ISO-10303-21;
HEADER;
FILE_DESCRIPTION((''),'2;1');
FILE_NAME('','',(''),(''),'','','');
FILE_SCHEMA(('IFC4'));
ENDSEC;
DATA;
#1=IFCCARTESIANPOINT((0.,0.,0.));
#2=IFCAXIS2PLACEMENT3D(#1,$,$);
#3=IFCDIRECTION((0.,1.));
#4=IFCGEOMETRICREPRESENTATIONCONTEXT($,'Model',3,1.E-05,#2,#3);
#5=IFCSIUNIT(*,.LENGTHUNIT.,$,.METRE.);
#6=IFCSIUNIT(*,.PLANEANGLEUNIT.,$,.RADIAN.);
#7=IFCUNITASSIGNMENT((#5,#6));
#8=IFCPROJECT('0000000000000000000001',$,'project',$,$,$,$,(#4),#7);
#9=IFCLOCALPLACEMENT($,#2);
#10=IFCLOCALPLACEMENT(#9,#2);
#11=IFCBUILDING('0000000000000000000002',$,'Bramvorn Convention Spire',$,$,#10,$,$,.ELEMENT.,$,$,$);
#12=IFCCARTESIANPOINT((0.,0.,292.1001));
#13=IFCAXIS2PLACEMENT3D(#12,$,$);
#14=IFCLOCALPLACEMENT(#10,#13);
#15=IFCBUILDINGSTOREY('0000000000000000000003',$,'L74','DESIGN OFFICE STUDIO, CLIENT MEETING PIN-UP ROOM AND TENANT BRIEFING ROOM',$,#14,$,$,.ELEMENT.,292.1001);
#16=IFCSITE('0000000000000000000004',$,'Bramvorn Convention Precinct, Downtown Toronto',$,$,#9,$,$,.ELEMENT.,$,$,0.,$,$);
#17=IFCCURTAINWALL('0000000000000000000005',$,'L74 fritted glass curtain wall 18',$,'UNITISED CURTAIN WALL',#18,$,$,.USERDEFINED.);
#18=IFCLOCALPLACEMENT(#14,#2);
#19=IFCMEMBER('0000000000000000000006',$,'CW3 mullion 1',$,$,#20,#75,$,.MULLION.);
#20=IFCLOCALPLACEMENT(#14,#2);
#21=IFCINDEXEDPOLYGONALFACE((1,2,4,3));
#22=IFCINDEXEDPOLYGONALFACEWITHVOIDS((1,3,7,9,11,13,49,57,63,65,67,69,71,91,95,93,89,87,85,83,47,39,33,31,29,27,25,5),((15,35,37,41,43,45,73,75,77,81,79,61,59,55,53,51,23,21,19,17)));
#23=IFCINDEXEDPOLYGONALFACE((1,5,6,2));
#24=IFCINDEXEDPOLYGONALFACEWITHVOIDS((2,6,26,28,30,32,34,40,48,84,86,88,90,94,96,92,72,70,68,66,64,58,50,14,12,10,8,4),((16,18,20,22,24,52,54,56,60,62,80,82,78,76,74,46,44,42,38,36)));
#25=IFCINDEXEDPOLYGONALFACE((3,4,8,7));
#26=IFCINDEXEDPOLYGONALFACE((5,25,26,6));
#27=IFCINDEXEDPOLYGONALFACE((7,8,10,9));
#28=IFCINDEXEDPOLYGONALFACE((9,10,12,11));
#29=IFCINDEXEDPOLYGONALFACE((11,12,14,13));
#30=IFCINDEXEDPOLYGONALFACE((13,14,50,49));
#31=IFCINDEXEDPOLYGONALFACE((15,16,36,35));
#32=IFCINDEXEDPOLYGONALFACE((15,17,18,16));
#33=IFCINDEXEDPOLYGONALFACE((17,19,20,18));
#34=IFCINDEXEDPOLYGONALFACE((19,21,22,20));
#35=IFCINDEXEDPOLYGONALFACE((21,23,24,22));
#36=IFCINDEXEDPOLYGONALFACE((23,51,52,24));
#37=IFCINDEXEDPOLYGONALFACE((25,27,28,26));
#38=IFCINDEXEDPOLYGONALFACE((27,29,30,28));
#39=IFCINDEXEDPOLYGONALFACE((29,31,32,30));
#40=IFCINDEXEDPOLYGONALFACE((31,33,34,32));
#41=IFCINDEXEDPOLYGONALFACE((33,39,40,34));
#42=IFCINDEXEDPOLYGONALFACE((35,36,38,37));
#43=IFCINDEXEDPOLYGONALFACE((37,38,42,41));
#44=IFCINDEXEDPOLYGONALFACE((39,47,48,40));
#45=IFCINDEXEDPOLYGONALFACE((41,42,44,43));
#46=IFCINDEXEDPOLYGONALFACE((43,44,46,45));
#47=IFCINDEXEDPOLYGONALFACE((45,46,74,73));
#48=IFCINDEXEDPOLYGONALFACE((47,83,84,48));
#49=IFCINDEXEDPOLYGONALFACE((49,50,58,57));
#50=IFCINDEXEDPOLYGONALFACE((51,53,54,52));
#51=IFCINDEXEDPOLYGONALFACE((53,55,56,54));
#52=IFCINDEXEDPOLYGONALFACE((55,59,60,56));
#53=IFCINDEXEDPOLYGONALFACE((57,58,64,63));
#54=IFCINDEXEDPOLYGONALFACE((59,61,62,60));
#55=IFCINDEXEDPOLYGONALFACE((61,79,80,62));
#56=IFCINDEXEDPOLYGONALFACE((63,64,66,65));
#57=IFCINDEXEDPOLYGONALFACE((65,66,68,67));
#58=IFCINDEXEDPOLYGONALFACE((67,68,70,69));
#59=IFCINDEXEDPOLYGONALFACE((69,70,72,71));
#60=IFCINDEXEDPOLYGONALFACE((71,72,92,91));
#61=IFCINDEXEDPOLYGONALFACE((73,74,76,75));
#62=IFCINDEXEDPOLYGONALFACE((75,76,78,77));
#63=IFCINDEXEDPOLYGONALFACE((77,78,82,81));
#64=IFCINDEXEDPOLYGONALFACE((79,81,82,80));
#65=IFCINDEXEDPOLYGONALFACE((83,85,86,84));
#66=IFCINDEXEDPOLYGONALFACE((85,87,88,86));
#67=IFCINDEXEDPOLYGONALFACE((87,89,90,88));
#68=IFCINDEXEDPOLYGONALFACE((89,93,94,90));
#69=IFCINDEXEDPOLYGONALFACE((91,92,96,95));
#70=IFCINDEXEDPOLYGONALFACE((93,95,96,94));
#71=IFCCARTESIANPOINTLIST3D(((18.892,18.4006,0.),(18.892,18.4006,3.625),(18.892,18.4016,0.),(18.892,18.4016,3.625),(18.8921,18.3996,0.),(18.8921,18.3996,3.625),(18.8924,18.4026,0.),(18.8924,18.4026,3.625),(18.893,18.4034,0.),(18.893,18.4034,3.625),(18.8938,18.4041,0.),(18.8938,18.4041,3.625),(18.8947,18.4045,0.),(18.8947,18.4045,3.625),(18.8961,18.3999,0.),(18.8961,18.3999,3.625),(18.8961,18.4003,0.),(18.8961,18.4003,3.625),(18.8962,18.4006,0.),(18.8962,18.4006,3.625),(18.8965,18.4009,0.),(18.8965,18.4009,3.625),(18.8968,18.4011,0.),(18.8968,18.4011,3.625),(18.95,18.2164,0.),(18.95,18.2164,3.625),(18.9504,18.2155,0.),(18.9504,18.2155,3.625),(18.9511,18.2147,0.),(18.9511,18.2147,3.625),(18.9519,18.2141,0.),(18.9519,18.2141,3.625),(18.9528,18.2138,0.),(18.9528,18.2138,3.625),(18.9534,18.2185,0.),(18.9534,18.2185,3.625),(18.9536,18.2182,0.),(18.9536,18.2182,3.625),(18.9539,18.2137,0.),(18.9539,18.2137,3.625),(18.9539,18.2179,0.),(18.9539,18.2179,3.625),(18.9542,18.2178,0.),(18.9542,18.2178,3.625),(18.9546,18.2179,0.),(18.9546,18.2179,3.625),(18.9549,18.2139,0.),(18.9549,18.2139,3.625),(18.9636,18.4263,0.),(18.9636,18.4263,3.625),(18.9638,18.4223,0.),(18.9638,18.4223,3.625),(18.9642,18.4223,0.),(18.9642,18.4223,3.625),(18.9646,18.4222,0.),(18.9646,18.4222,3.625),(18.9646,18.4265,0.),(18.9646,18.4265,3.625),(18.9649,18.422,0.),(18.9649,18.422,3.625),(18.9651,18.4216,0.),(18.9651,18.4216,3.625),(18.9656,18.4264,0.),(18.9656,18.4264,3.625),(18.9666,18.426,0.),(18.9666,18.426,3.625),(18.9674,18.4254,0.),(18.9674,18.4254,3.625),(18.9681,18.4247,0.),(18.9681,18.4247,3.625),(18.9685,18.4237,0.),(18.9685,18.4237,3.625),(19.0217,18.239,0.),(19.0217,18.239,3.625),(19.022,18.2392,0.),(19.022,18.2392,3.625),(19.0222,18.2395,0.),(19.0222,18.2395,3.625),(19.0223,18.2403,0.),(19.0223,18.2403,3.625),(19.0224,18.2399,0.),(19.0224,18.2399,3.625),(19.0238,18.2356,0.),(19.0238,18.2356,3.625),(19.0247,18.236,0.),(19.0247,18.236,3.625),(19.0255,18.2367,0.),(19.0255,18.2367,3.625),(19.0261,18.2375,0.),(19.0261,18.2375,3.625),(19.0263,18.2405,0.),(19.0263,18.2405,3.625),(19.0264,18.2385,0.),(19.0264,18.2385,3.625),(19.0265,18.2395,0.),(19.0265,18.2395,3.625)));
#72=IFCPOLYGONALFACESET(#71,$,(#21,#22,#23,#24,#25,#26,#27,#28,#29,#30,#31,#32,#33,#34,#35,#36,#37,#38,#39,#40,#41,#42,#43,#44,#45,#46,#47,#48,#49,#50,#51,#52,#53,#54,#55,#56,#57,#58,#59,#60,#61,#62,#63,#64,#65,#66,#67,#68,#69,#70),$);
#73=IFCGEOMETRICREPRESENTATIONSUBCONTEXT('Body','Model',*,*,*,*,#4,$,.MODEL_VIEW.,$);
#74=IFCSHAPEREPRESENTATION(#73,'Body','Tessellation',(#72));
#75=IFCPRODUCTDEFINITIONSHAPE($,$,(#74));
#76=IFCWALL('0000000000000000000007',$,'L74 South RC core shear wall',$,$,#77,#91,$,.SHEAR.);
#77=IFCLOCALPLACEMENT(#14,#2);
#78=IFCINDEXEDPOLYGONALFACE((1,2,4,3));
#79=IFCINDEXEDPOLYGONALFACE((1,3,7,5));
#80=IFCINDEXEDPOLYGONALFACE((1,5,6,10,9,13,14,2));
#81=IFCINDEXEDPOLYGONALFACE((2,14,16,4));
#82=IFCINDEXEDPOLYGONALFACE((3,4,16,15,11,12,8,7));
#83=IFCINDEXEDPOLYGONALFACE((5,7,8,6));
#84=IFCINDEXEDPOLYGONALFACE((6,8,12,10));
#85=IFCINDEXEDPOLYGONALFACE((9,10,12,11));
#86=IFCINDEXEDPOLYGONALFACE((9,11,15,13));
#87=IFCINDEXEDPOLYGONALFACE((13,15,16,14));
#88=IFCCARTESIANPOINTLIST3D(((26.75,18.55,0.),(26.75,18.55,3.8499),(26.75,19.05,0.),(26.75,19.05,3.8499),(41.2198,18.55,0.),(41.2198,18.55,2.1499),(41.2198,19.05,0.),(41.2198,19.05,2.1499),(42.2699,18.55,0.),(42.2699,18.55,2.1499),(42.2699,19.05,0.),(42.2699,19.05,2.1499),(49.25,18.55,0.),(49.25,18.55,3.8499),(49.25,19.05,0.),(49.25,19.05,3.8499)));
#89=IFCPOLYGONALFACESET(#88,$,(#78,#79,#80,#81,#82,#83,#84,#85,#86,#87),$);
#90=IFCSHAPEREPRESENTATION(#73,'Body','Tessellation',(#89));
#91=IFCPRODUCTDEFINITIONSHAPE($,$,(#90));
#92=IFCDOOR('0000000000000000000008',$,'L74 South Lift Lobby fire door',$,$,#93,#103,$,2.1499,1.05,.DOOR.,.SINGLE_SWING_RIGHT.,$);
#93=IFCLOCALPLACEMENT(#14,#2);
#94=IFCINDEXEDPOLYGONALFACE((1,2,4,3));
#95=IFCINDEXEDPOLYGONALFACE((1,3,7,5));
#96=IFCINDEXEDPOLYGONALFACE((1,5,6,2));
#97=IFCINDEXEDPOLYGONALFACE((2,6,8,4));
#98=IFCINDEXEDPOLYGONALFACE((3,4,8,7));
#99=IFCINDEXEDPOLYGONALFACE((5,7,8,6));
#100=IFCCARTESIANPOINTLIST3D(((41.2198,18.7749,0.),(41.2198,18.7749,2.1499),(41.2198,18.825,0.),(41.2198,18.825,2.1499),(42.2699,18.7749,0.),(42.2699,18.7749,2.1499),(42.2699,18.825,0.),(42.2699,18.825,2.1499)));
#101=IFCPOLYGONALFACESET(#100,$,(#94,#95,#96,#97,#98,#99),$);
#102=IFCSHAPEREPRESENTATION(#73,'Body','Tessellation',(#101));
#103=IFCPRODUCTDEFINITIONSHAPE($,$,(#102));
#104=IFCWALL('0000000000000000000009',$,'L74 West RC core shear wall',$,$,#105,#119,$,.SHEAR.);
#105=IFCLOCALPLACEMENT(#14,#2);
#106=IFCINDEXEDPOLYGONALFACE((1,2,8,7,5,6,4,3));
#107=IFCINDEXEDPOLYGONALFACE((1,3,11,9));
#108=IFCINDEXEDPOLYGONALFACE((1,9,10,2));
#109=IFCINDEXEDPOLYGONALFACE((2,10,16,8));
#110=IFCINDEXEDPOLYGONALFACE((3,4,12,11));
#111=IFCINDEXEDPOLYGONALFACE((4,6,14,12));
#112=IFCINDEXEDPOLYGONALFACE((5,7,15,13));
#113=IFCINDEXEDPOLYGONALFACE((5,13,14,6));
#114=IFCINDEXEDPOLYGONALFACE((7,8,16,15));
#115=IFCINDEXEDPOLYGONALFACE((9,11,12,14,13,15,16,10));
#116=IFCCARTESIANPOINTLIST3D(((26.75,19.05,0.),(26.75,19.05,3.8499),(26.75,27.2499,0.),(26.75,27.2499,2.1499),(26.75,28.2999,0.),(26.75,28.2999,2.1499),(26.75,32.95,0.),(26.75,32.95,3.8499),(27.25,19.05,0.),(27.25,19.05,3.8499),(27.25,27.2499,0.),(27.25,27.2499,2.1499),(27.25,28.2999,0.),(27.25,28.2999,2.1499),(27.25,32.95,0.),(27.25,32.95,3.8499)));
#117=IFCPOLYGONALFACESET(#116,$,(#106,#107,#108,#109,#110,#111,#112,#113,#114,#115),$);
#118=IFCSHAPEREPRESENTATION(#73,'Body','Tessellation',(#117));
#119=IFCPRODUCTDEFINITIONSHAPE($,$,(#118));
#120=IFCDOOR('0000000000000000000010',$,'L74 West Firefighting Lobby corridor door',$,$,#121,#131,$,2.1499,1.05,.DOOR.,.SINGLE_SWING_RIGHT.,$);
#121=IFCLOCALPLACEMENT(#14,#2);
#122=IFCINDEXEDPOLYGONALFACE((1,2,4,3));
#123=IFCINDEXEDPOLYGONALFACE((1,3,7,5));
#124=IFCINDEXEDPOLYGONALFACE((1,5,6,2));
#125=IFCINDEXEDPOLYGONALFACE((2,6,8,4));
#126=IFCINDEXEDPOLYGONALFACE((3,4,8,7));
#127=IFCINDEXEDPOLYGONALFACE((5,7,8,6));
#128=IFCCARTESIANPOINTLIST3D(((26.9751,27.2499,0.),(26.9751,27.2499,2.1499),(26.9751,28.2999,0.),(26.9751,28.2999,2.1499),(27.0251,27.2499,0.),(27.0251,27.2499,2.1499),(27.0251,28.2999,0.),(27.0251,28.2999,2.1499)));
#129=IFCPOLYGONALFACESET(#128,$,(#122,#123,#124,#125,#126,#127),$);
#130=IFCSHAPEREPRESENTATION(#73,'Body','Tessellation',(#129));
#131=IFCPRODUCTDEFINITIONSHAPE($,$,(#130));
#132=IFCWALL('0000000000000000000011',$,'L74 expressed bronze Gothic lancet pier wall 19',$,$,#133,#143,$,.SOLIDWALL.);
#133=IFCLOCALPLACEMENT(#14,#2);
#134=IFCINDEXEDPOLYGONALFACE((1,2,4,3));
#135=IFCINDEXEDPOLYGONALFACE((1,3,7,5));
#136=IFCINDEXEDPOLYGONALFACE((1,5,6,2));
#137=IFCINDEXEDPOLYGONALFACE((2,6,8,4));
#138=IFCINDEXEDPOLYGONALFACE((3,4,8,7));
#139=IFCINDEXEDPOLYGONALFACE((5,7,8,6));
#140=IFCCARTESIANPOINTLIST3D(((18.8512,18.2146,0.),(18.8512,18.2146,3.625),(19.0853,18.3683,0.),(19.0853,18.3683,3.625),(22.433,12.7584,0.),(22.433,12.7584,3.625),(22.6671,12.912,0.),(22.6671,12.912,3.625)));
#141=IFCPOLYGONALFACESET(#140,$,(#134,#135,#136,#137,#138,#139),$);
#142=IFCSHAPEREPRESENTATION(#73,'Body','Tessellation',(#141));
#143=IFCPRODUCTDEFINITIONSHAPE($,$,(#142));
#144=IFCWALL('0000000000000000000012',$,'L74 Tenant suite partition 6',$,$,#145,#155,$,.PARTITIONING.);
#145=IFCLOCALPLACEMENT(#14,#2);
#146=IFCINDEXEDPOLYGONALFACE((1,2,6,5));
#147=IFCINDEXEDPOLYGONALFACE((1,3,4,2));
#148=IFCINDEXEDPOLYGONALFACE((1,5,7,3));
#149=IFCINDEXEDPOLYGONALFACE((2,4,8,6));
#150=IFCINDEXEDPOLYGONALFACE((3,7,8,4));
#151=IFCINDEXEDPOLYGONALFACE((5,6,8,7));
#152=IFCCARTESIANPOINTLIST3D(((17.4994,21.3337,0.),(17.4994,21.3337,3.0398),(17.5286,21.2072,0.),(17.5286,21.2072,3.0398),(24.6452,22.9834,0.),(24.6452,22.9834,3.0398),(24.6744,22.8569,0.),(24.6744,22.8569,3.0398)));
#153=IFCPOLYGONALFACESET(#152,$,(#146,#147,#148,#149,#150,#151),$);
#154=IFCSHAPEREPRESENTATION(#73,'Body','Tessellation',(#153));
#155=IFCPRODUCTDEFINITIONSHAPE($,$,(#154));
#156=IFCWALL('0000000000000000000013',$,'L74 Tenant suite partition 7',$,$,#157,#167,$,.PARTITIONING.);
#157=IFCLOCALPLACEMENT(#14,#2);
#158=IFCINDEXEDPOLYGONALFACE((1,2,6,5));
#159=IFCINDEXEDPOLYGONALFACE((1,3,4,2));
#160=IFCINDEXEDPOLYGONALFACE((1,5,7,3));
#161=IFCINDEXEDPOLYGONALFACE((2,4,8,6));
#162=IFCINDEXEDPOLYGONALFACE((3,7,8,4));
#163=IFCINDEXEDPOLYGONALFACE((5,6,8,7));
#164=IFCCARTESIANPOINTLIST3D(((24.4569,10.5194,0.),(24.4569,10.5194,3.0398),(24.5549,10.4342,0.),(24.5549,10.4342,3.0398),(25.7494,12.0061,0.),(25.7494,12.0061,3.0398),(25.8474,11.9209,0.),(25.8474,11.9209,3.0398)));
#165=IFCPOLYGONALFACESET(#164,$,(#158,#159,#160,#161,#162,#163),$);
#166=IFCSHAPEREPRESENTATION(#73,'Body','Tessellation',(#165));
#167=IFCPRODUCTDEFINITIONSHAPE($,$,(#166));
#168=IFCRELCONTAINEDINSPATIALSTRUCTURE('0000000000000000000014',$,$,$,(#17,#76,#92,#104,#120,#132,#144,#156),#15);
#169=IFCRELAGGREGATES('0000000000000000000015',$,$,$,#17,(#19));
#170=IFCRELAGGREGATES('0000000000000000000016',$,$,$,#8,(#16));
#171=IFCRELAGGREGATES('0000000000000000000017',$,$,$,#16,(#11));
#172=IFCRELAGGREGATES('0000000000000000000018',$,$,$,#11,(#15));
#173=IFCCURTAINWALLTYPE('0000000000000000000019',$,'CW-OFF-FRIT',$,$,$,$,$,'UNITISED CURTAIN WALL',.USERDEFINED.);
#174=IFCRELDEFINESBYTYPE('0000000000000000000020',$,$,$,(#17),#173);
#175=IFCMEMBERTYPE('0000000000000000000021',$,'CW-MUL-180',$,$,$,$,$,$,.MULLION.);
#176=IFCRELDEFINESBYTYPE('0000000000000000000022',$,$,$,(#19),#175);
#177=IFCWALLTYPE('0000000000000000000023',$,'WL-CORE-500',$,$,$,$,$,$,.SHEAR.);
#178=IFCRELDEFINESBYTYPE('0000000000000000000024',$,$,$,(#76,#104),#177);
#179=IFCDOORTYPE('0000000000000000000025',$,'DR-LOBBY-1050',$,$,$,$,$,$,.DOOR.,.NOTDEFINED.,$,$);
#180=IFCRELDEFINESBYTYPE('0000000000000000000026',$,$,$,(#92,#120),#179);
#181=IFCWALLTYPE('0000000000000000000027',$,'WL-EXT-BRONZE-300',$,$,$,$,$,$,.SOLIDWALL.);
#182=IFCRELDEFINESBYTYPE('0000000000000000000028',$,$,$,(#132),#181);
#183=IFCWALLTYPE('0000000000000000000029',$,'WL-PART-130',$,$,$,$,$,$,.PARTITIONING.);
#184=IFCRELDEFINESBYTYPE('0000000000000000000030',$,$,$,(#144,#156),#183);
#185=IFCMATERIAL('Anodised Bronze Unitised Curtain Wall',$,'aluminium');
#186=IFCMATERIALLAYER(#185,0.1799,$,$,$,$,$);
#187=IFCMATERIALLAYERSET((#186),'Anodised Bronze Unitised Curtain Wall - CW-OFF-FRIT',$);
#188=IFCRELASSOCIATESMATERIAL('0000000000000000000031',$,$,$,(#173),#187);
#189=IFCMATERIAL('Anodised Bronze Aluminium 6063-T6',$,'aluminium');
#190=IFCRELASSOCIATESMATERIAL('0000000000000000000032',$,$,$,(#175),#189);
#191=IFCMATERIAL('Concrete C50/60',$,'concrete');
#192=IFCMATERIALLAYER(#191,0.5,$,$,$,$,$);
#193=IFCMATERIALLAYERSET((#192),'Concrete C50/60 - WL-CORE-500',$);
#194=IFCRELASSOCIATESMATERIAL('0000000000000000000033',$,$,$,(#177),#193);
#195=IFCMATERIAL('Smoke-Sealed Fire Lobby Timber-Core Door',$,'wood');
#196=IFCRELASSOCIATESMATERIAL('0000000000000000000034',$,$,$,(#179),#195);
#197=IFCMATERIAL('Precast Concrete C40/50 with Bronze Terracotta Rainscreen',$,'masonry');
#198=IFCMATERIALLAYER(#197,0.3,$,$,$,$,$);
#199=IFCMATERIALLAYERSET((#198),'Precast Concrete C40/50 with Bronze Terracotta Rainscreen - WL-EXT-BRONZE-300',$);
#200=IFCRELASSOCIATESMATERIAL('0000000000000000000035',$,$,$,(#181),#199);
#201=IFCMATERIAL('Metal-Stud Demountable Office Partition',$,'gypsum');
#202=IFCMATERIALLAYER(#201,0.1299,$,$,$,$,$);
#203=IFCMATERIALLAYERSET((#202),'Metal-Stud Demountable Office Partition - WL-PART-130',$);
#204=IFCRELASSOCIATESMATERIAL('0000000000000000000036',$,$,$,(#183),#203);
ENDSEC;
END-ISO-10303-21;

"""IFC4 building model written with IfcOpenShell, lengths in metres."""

from ifc_helpers import new_model, si_unit, direction, frame, frame_2d, origin, origin_2d, place, context, subcontext, project, spatial, rectangle, hollow_rectangle, extrude, material, layer, layer_set, material_profile, profile_set, type_object, element, fill, aggregate, save


model = new_model("IFC4")

# Units and contexts
model_context = context("Model", 3, precision=1e-05, world=origin(), true_north=direction((0.0, 1.0)))
body_context = subcontext(model_context, "Body", "Model", "MODEL_VIEW")
ifc_project = project(units=[si_unit("LENGTHUNIT", "METRE"), si_unit("PLANEANGLEUNIT", "RADIAN")], contexts=[model_context])

# Site, building, storey
site_placement = place(None, origin())
site = spatial("IfcSite", under=ifc_project, at=site_placement, Name="Bramvorn Convention Precinct, Downtown Toronto", CompositionType="ELEMENT", RefElevation=0.0)
building_placement = place(site_placement, origin())
building = spatial("IfcBuilding", under=site, at=building_placement, Name="Bramvorn Convention Spire", CompositionType="ELEMENT")
storey_placement = place(building_placement, frame((0.0, 0.0, 292.1001)))
storey = spatial("IfcBuildingStorey", under=building, at=storey_placement, Name="L74", Description="DESIGN OFFICE STUDIO, CLIENT MEETING PIN-UP ROOM AND TENANT BRIEFING ROOM", CompositionType="ELEMENT", Elevation=292.1001)

# Curtain wall, member
ifc_material_1 = material(Name="Anodised Bronze Unitised Curtain Wall", Category="aluminium")
ifc_layer_1 = layer(ifc_material_1, 0.1799)
ifc_layer_set_1 = layer_set([ifc_layer_1], Name="Anodised Bronze Unitised Curtain Wall - CW-OFF-FRIT")
curtain_wall_type = type_object("IfcCurtainWallType", Name="CW-OFF-FRIT", ElementType="UNITISED CURTAIN WALL", PredefinedType="USERDEFINED", material=ifc_layer_set_1)
curtain_wall_placement = place(storey_placement, origin())
curtain_wall = element("IfcCurtainWall", 1, at=curtain_wall_placement, inside=storey, type_object=curtain_wall_type, Name="L74 fritted glass curtain wall 18", ObjectType="UNITISED CURTAIN WALL", PredefinedType="USERDEFINED")
ifc_material_2 = material(Name="Anodised Bronze Aluminium 6063-T6", Category="aluminium")
ifc_material_profile_1 = material_profile(ifc_material_2, hollow_rectangle(XDim=0.0801, YDim=0.2, WallThickness=0.0039, InnerFilletRadius=0.001, OuterFilletRadius=0.0039, at=origin_2d()))
ifc_profile_set_1 = profile_set([ifc_material_profile_1], Name="Anodised Bronze Aluminium 6063-T6 - CWM80X200")
member_type = type_object("IfcMemberType", Name="CW-MUL-180", PredefinedType="MULLION", material=ifc_profile_set_1)
member_placement = place(storey_placement, frame((18.9592, 18.3201, 0.0), z_axis=(0.0, 0.0, 1.0), x_axis=(-0.953619, -0.301015, 0.0)))
member = element("IfcMember", 2, at=member_placement, type_object=member_type, Name="CW3 mullion 1", PredefinedType="MULLION", context=body_context, shape_type="SweptSolid", body=[
    extrude(hollow_rectangle(XDim=0.0801, YDim=0.2, WallThickness=0.0039, InnerFilletRadius=0.001, OuterFilletRadius=0.0039, at=origin_2d()), origin(), (0.0, 0.0, 1.0), 3.625),
])
aggregate(curtain_wall, [member])

# Walls, openings, doors
ifc_material_3 = material(Name="Concrete C50/60", Category="concrete")
ifc_layer_2 = layer(ifc_material_3, 0.5)
ifc_layer_set_2 = layer_set([ifc_layer_2], Name="Concrete C50/60 - WL-CORE-500")
wall_type_1 = type_object("IfcWallType", Name="WL-CORE-500", PredefinedType="SHEAR", material=ifc_layer_set_2)
wall_1_placement = place(storey_placement, frame((26.75, 18.8, 0.0), z_axis=(0.0, 0.0, 1.0), x_axis=(1.0, 0.0, 0.0)))
wall_1 = element("IfcWall", 3, at=wall_1_placement, inside=storey, type_object=wall_type_1, Name="L74 South RC core shear wall", PredefinedType="SHEAR", context=body_context, shape_type="SweptSolid", body=[
    extrude(rectangle(XDim=22.5, YDim=0.5, at=frame_2d((11.25, 0.0))), origin(), (0.0, 0.0, 1.0), 3.8499),
])
opening_1_placement = place(wall_1_placement, frame((14.47, 0.0, 0.0)))
opening_1 = element("IfcOpeningElement", 4, at=opening_1_placement, cuts=wall_1, PredefinedType="OPENING", context=body_context, shape_type="SweptSolid", body=[
    extrude(rectangle(XDim=1.05, YDim=2.1499, at=frame_2d((0.5249, 1.075))), frame((0.0, 0.26, 0.0), z_axis=(0.0, -1.0, 0.0), x_axis=(1.0, 0.0, 0.0)), (0.0, 0.0, 1.0), 0.52),
])
ifc_material_4 = material(Name="Smoke-Sealed Fire Lobby Timber-Core Door", Category="wood")
door_type_1 = type_object("IfcDoorType", Name="DR-LOBBY-1050", OperationType="NOTDEFINED", PredefinedType="DOOR", material=ifc_material_4)
door_1_placement = place(opening_1_placement, origin())
door_1 = element("IfcDoor", 5, at=door_1_placement, inside=storey, type_object=door_type_1, Name="L74 South Lift Lobby fire door", OperationType="SINGLE_SWING_RIGHT", OverallHeight=2.1499, OverallWidth=1.05, PredefinedType="DOOR", context=body_context, shape_type="SweptSolid", body=[
    extrude(rectangle(XDim=1.05, YDim=2.1499, at=frame_2d((0.5249, 1.075))), frame((0.0, 0.0249, 0.0), z_axis=(0.0, -1.0, 0.0), x_axis=(1.0, 0.0, 0.0)), (0.0, 0.0, 1.0), 0.05),
])
fill(opening_1, door_1)
wall_2_placement = place(storey_placement, frame((27.0, 19.05, 0.0), z_axis=(0.0, 0.0, 1.0), x_axis=(0.0, 1.0, 0.0)))
wall_2 = element("IfcWall", 6, at=wall_2_placement, inside=storey, type_object=wall_type_1, Name="L74 West RC core shear wall", PredefinedType="SHEAR", context=body_context, shape_type="SweptSolid", body=[
    extrude(rectangle(XDim=13.8999, YDim=0.5, at=frame_2d((6.95, 0.0))), origin(), (0.0, 0.0, 1.0), 3.8499),
])
opening_2_placement = place(wall_2_placement, frame((8.2, 0.0, 0.0)))
opening_2 = element("IfcOpeningElement", 7, at=opening_2_placement, cuts=wall_2, PredefinedType="OPENING", context=body_context, shape_type="SweptSolid", body=[
    extrude(rectangle(XDim=1.05, YDim=2.1499, at=frame_2d((0.5249, 1.075))), frame((0.0, 0.26, 0.0), z_axis=(0.0, -1.0, 0.0), x_axis=(1.0, 0.0, 0.0)), (0.0, 0.0, 1.0), 0.52),
])
door_2_placement = place(opening_2_placement, origin())
door_2 = element("IfcDoor", 8, at=door_2_placement, inside=storey, type_object=door_type_1, Name="L74 West Firefighting Lobby corridor door", OperationType="SINGLE_SWING_RIGHT", OverallHeight=2.1499, OverallWidth=1.05, PredefinedType="DOOR", context=body_context, shape_type="SweptSolid", body=[
    extrude(rectangle(XDim=1.05, YDim=2.1499, at=frame_2d((0.5249, 1.075))), frame((0.0, 0.0249, 0.0), z_axis=(0.0, -1.0, 0.0), x_axis=(1.0, 0.0, 0.0)), (0.0, 0.0, 1.0), 0.05),
])
fill(opening_2, door_2)

# Walls
ifc_material_5 = material(Name="Precast Concrete C40/50 with Bronze Terracotta Rainscreen", Category="masonry")
ifc_layer_3 = layer(ifc_material_5, 0.3)
ifc_layer_set_3 = layer_set([ifc_layer_3], Name="Precast Concrete C40/50 with Bronze Terracotta Rainscreen - WL-EXT-BRONZE-300")
wall_type_2 = type_object("IfcWallType", Name="WL-EXT-BRONZE-300", PredefinedType="SOLIDWALL", material=ifc_layer_set_3)
wall_3_placement = place(storey_placement, frame((22.55, 12.8352, 0.0), z_axis=(0.0, 0.0, 1.0), x_axis=(-0.548773, 0.835971, 0.0)))
element("IfcWall", 9, at=wall_3_placement, inside=storey, type_object=wall_type_2, Name="L74 expressed bronze Gothic lancet pier wall 19", PredefinedType="SOLIDWALL", context=body_context, shape_type="SweptSolid", body=[
    extrude(rectangle(XDim=6.5269, YDim=0.28, at=frame_2d((3.2634, 0.0))), origin(), (0.0, 0.0, 1.0), 3.625),
])
ifc_material_6 = material(Name="Metal-Stud Demountable Office Partition", Category="gypsum")
ifc_layer_4 = layer(ifc_material_6, 0.1299)
ifc_layer_set_4 = layer_set([ifc_layer_4], Name="Metal-Stud Demountable Office Partition - WL-PART-130")
wall_type_3 = type_object("IfcWallType", Name="WL-PART-130", PredefinedType="PARTITIONING", material=ifc_layer_set_4)
wall_4_placement = place(storey_placement, frame((24.6599, 22.9202, 0.0), z_axis=(0.0, 0.0, 1.0), x_axis=(-0.974372, -0.224942, 0.0)))
element("IfcWall", 10, at=wall_4_placement, inside=storey, type_object=wall_type_3, Name="L74 Tenant suite partition 6", PredefinedType="PARTITIONING", context=body_context, shape_type="SweptSolid", body=[
    extrude(rectangle(XDim=7.3337, YDim=0.1299, at=frame_2d((3.667, 0.0))), origin(), (0.0, 0.0, 1.0), 3.0398),
])
wall_5_placement = place(storey_placement, frame((25.7983, 11.9634, 0.0), z_axis=(0.0, 0.0, 1.0), x_axis=(-0.656123, -0.754654, 0.0)))
element("IfcWall", 11, at=wall_5_placement, inside=storey, type_object=wall_type_3, Name="L74 Tenant suite partition 7", PredefinedType="PARTITIONING", context=body_context, shape_type="SweptSolid", body=[
    extrude(rectangle(XDim=1.97, YDim=0.1299, at=frame_2d((0.9849, 0.0))), origin(), (0.0, 0.0, 1.0), 3.0398),
])

save(model, "model.ifc")
